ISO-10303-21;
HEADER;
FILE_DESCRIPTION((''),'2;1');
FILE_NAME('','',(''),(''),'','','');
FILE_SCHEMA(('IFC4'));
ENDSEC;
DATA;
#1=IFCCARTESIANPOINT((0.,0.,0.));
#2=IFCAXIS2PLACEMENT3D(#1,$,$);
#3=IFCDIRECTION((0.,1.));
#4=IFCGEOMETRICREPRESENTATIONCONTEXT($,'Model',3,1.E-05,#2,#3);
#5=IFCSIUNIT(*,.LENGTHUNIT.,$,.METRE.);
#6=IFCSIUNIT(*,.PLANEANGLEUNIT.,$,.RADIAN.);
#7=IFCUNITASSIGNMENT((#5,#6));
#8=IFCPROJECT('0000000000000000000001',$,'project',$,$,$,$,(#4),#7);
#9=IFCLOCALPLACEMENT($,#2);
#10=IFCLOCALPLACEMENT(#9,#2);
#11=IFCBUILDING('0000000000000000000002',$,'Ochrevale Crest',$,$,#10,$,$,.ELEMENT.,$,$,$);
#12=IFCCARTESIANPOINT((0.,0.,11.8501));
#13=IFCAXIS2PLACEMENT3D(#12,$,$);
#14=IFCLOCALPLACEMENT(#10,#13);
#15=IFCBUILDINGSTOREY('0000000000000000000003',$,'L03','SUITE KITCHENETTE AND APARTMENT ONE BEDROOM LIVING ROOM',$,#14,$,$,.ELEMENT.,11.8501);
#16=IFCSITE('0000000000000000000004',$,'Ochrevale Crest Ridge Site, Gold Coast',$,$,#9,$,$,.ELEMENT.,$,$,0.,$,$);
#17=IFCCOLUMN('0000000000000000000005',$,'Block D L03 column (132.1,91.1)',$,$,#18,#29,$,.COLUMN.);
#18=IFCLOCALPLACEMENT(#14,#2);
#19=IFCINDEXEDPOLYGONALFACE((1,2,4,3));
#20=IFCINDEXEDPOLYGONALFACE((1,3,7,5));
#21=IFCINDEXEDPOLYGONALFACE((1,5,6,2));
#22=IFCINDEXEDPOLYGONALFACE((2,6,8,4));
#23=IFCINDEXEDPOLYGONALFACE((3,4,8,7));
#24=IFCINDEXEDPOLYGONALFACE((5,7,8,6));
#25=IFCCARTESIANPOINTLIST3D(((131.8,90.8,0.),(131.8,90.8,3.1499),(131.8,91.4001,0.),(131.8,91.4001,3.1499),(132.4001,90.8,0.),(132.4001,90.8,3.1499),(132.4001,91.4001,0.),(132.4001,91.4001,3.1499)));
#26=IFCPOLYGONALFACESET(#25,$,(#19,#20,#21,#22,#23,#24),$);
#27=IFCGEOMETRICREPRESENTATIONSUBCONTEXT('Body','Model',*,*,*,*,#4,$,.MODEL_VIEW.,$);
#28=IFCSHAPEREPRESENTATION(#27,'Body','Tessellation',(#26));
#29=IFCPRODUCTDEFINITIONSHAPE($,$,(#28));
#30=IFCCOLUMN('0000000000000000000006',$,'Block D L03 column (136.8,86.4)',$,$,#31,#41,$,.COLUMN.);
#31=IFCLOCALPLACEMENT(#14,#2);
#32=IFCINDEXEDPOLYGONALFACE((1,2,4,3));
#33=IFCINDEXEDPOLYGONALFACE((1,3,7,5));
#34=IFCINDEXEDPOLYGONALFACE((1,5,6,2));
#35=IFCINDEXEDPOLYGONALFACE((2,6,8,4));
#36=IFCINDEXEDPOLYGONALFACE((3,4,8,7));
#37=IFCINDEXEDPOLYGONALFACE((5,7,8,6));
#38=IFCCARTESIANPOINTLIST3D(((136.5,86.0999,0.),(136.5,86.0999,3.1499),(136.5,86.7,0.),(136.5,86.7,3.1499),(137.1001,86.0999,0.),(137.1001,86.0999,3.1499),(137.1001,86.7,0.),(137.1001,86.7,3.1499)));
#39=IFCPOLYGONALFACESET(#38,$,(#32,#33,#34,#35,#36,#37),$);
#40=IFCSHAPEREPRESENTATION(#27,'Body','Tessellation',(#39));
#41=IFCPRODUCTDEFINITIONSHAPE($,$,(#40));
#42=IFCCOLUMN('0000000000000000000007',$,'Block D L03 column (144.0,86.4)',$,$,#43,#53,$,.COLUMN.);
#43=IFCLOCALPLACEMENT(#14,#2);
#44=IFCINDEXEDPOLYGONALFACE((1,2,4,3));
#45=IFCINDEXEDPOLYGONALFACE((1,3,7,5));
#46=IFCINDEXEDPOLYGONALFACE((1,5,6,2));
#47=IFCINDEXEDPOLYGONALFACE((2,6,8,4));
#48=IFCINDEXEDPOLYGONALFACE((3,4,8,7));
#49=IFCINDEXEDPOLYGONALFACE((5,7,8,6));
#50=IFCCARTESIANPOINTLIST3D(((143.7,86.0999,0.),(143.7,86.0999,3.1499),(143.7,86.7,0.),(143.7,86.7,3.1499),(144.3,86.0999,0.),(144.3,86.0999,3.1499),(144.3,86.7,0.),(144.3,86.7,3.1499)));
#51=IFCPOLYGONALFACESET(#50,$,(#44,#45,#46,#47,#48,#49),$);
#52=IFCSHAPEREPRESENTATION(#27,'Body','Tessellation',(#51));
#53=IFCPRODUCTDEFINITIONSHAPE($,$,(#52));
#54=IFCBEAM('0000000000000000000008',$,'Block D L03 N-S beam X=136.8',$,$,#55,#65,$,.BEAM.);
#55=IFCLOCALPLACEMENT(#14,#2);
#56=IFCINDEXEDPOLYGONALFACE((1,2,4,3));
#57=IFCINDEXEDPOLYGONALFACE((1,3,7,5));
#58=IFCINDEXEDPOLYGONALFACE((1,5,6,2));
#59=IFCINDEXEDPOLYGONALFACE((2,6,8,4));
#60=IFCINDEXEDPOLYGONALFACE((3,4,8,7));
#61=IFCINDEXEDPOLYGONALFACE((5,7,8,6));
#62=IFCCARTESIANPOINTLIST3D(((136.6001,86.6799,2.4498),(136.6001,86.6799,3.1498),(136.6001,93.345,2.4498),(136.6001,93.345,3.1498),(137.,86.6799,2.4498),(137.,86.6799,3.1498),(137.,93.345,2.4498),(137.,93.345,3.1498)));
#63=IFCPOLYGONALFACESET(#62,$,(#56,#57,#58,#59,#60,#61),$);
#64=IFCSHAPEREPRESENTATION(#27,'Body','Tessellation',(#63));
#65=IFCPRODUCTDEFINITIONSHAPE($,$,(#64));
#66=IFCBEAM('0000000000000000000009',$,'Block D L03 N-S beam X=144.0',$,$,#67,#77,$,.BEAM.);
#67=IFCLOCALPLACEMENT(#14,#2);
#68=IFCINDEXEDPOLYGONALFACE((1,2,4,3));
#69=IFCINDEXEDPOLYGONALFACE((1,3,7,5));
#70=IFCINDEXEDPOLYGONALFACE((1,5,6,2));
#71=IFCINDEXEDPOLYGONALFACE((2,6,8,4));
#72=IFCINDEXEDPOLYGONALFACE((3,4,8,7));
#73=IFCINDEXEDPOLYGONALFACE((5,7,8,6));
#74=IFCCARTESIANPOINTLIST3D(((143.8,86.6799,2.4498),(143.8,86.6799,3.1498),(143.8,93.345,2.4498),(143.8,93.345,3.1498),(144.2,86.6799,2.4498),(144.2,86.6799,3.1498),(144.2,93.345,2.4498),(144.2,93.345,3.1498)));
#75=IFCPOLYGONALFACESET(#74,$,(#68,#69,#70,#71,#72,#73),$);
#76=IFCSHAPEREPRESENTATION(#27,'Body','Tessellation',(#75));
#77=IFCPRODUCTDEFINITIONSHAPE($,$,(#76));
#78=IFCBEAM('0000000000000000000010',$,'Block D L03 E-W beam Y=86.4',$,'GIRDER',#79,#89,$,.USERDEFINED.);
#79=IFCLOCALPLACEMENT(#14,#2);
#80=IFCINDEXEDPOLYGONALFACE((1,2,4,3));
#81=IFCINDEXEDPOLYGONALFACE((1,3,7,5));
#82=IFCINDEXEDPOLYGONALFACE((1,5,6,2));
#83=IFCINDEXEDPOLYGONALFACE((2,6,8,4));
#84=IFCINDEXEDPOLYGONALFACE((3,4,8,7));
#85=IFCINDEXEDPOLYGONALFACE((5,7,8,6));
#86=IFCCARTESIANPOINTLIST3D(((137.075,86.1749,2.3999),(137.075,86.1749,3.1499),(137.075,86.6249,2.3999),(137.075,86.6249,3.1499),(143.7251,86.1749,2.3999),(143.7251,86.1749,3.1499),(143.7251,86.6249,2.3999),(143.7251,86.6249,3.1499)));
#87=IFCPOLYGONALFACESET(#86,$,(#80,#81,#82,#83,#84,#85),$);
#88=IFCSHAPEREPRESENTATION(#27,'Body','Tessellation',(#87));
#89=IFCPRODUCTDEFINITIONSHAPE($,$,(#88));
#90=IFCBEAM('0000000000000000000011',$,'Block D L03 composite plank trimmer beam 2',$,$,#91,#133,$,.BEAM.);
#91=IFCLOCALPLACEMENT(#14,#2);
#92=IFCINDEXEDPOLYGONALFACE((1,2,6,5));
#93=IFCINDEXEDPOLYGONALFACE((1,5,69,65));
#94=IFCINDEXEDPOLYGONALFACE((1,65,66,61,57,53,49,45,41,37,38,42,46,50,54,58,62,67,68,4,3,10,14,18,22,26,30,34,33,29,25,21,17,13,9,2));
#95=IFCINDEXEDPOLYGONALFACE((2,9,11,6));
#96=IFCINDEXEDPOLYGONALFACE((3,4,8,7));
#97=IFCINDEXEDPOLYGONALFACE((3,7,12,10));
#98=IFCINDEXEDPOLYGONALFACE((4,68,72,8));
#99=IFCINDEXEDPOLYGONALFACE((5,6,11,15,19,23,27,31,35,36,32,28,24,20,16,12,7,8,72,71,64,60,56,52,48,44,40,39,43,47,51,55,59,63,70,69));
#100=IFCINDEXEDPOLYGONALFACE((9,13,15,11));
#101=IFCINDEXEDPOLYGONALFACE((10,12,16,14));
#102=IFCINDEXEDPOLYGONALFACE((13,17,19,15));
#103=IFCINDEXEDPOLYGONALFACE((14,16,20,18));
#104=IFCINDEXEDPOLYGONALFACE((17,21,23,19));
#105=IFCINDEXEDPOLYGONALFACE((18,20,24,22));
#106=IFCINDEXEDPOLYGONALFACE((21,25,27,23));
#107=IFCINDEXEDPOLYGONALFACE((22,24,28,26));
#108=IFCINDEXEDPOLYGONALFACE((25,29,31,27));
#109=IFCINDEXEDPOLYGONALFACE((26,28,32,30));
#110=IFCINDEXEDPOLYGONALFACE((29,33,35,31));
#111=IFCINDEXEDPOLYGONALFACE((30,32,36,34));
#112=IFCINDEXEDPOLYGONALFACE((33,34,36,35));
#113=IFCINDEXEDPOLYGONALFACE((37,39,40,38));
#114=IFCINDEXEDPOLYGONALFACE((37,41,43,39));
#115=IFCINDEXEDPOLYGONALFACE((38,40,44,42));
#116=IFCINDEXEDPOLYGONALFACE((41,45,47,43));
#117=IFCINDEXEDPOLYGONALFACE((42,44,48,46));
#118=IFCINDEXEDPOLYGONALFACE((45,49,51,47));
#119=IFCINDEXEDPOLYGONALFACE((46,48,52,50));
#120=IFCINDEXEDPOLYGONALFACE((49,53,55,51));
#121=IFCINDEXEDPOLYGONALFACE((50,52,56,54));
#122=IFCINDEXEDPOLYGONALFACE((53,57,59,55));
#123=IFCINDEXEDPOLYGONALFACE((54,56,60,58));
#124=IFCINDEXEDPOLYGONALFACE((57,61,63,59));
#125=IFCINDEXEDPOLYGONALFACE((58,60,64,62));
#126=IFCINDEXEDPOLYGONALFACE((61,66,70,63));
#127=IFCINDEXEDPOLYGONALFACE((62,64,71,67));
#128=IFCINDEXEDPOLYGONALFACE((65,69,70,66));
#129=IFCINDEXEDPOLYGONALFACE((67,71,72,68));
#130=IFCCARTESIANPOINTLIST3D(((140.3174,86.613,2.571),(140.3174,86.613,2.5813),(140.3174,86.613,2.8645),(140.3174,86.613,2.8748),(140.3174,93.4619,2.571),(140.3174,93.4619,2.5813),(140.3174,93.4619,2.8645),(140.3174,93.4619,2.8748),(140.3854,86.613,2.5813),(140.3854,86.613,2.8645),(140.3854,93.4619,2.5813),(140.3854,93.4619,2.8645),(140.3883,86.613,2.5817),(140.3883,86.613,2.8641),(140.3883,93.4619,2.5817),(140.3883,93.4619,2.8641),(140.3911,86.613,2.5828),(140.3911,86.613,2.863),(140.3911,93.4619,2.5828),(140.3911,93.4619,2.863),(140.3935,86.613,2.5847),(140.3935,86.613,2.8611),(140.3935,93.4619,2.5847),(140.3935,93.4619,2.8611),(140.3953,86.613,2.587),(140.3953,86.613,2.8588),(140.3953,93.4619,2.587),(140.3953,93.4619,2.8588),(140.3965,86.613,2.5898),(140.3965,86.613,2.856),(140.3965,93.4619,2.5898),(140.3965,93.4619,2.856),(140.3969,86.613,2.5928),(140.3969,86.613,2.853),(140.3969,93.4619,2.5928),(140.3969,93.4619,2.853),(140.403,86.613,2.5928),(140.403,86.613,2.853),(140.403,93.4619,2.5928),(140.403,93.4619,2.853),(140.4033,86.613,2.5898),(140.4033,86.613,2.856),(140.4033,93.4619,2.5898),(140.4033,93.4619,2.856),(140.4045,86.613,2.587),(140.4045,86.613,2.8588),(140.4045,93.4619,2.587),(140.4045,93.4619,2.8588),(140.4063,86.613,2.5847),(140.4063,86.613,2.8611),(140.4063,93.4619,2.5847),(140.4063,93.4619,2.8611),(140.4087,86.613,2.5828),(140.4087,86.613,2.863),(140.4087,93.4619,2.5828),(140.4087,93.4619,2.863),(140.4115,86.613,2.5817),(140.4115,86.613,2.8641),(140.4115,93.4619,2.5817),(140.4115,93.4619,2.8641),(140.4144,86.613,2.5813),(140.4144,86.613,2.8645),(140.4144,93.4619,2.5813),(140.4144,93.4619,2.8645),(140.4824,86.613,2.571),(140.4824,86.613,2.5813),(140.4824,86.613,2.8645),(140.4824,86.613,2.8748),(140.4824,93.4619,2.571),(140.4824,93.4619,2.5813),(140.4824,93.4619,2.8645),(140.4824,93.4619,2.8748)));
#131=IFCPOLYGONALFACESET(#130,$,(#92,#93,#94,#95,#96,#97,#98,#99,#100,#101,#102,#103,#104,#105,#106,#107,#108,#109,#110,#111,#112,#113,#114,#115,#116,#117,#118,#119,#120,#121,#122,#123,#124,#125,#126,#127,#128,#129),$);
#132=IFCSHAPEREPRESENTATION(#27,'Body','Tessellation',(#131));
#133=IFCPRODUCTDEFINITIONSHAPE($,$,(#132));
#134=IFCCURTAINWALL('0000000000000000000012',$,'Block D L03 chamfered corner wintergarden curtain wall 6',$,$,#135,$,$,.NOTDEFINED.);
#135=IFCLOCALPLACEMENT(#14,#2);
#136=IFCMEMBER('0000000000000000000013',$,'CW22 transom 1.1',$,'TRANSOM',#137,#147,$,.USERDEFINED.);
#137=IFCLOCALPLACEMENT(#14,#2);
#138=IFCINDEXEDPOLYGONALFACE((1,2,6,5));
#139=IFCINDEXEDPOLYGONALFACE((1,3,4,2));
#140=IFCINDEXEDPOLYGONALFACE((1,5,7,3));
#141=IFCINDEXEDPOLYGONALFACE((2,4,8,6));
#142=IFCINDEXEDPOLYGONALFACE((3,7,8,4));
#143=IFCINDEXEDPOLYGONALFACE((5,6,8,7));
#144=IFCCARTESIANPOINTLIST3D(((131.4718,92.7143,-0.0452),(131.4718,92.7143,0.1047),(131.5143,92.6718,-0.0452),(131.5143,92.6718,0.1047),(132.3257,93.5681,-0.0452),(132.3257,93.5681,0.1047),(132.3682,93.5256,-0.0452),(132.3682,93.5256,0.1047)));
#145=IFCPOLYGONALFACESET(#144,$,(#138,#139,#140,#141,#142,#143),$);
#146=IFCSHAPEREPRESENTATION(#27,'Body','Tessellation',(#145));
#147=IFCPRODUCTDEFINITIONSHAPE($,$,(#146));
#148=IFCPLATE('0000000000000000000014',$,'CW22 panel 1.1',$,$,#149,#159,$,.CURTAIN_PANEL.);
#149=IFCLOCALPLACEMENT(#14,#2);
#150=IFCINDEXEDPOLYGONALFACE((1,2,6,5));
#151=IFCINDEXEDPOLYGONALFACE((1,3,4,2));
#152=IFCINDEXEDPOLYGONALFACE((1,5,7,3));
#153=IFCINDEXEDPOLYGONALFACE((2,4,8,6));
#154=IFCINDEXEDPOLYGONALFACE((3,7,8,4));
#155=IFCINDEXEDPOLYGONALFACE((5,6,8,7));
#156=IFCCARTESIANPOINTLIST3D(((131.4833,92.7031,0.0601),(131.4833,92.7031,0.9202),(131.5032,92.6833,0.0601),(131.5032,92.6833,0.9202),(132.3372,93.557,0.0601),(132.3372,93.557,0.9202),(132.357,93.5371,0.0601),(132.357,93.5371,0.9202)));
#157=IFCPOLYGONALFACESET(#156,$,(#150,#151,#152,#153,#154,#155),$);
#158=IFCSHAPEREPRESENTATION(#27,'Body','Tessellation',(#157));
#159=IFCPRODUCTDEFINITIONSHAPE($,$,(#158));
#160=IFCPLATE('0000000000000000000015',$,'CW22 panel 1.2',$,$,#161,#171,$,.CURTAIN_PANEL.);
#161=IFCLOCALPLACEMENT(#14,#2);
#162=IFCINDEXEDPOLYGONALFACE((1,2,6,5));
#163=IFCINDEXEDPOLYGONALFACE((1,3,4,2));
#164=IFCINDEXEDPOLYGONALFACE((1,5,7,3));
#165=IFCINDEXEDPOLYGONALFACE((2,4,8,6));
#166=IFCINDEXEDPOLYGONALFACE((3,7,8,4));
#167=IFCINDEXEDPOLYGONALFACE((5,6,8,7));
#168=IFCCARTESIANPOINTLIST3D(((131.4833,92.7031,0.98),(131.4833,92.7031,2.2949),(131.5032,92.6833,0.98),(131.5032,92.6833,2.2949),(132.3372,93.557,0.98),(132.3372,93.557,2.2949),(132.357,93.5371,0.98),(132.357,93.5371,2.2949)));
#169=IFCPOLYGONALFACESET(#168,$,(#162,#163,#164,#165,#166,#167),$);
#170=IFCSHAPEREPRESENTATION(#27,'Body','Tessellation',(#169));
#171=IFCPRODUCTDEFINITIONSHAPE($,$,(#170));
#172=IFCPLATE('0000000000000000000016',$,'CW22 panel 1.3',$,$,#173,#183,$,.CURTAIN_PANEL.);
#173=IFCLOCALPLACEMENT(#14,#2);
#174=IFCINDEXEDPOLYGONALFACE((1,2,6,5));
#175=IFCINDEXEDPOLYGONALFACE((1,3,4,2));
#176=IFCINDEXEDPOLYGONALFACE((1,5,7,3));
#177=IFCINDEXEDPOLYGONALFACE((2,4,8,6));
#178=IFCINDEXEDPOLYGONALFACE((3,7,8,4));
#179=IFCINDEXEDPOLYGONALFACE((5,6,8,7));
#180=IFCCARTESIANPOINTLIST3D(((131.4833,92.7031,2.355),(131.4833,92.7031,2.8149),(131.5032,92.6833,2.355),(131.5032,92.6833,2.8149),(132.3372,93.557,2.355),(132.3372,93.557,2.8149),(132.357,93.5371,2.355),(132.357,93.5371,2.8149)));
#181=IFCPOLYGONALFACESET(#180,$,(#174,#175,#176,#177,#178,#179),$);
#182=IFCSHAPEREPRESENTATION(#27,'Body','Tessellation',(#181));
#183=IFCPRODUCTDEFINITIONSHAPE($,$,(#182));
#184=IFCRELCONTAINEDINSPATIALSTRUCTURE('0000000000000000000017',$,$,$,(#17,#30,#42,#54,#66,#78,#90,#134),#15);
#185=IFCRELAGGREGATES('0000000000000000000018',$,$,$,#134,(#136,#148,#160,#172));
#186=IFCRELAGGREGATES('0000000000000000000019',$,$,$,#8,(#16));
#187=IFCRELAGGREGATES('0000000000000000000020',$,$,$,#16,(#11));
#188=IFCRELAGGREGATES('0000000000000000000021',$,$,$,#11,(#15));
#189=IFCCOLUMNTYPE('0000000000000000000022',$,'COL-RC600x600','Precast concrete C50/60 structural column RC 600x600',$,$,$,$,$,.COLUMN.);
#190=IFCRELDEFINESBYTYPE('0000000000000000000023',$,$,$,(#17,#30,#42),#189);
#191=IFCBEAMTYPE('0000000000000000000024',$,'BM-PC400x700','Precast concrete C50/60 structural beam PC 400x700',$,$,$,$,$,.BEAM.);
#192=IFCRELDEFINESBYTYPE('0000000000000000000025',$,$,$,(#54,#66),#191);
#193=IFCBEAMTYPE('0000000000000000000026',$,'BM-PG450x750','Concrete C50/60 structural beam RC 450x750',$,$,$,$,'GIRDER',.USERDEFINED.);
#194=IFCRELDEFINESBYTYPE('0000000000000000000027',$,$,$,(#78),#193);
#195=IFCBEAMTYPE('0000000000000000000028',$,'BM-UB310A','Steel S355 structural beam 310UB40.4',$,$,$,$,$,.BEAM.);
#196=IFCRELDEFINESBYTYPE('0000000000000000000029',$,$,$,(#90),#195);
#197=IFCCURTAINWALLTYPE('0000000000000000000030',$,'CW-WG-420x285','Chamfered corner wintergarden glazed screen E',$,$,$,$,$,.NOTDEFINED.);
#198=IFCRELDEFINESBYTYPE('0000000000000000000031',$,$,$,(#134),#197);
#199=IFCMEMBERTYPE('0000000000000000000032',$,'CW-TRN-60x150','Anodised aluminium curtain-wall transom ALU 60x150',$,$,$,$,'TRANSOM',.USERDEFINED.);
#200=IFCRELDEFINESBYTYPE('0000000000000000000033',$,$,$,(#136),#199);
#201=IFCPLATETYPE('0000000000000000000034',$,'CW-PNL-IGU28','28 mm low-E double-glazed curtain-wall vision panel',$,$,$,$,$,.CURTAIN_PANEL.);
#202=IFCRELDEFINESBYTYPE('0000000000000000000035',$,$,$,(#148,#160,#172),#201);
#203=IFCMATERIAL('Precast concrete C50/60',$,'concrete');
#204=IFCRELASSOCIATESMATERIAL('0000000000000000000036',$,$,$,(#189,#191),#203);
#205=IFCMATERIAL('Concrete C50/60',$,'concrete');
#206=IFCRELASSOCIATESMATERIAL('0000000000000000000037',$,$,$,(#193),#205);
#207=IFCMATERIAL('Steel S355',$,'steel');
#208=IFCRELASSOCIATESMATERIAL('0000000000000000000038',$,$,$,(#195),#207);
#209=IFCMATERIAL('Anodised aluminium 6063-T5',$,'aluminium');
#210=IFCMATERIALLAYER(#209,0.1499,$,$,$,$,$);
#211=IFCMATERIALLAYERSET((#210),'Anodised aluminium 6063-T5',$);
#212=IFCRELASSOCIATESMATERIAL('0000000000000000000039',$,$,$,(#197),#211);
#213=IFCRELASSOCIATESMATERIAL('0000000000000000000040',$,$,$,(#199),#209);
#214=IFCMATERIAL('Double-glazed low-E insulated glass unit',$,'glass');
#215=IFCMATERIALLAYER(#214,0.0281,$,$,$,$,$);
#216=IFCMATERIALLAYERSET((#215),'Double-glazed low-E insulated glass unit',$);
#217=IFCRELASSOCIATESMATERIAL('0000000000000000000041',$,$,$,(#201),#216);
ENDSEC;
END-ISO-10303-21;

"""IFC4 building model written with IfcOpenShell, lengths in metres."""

from ifc_helpers import new_model, si_unit, direction, frame, origin, origin_2d, place, context, subcontext, project, spatial, rectangle, i_section, extrude, material, layer, layer_set, material_profile, profile_set, type_object, element, aggregate, save


model = new_model("IFC4")

# Units and contexts
model_context = context("Model", 3, precision=1e-05, world=origin(), true_north=direction((0.0, 1.0)))
body_context = subcontext(model_context, "Body", "Model", "MODEL_VIEW")
ifc_project = project(units=[si_unit("LENGTHUNIT", "METRE"), si_unit("PLANEANGLEUNIT", "RADIAN")], contexts=[model_context])

# Site, building, storey
site_placement = place(None, origin())
site = spatial("IfcSite", under=ifc_project, at=site_placement, Name="Ochrevale Crest Ridge Site, Gold Coast", CompositionType="ELEMENT", RefElevation=0.0)
building_placement = place(site_placement, origin())
building = spatial("IfcBuilding", under=site, at=building_placement, Name="Ochrevale Crest", CompositionType="ELEMENT")
storey_placement = place(building_placement, frame((0.0, 0.0, 11.8501)))
storey = spatial("IfcBuildingStorey", under=building, at=storey_placement, Name="L03", Description="SUITE KITCHENETTE AND APARTMENT ONE BEDROOM LIVING ROOM", CompositionType="ELEMENT", Elevation=11.8501)

# Columns
ifc_material_1 = material(Name="Precast concrete C50/60", Category="concrete")
ifc_material_profile_1 = material_profile(ifc_material_1, rectangle(XDim=0.6001, YDim=0.6001, at=origin_2d()), Name="RC 600x600")
ifc_profile_set_1 = profile_set([ifc_material_profile_1], Name="Precast concrete C50/60")
column_type = type_object("IfcColumnType", Name="COL-RC600x600", Description="Precast concrete C50/60 structural column RC 600x600", PredefinedType="COLUMN", material=ifc_profile_set_1)
for number, where, z_axis, x_axis, name in (
    (1, (132.1001, 91.1001, 0.0), (0.0, 0.0, 1.0), (1.0, 0.0, 0.0), "Block D L03 column (132.1,91.1)"),
    (2, (136.8, 86.3999, 0.0), (0.0, 0.0, 1.0), (1.0, 0.0, 0.0), "Block D L03 column (136.8,86.4)"),
    (3, (144.0, 86.3999, 0.0), (0.0, 0.0, 1.0), (1.0, 0.0, 0.0), "Block D L03 column (144.0,86.4)"),
):
    element("IfcColumn", number, at=place(storey_placement, frame(where, z_axis=z_axis, x_axis=x_axis)), inside=storey, type_object=column_type, Name=name, PredefinedType="COLUMN", context=body_context, shape_type="SweptSolid", body=[
        extrude(rectangle(XDim=0.6001, YDim=0.6001, at=origin_2d()), origin(), (0.0, 0.0, 1.0), 3.1499),
    ])

# Beams
ifc_material_profile_2 = material_profile(ifc_material_1, rectangle(XDim=0.3999, YDim=0.7, at=origin_2d()), Name="PC 400x700")
ifc_profile_set_2 = profile_set([ifc_material_profile_2], Name="Precast concrete C50/60")
beam_type_1 = type_object("IfcBeamType", Name="BM-PC400x700", Description="Precast concrete C50/60 structural beam PC 400x700", PredefinedType="BEAM", material=ifc_profile_set_2)
for number, where, z_axis, x_axis, name in (
    (4, (136.8, 86.6799, 2.7998), (0.0, 1.0, 0.0), (-1.0, 0.0, 0.0), "Block D L03 N-S beam X=136.8"),
    (5, (144.0, 86.6799, 2.7998), (0.0, 1.0, 0.0), (-1.0, 0.0, 0.0), "Block D L03 N-S beam X=144.0"),
):
    element("IfcBeam", number, at=place(storey_placement, frame(where, z_axis=z_axis, x_axis=x_axis)), inside=storey, type_object=beam_type_1, Name=name, PredefinedType="BEAM", context=body_context, shape_type="SweptSolid", body=[
        extrude(rectangle(XDim=0.3999, YDim=0.7, at=origin_2d()), origin(), (0.0, 0.0, 1.0), 6.665),
    ])
ifc_material_2 = material(Name="Concrete C50/60", Category="concrete")
ifc_material_profile_3 = material_profile(ifc_material_2, rectangle(XDim=0.45, YDim=0.75, at=origin_2d()), Name="RC 450x750")
ifc_profile_set_3 = profile_set([ifc_material_profile_3], Name="Concrete C50/60")
beam_type_2 = type_object("IfcBeamType", Name="BM-PG450x750", Description="Concrete C50/60 structural beam RC 450x750", ElementType="GIRDER", PredefinedType="USERDEFINED", material=ifc_profile_set_3)
beam_1_placement = place(storey_placement, frame((137.075, 86.3999, 2.7749), z_axis=(1.0, 0.0, 0.0), x_axis=(0.0, 1.0, 0.0)))
element("IfcBeam", 6, at=beam_1_placement, inside=storey, type_object=beam_type_2, Name="Block D L03 E-W beam Y=86.4", ObjectType="GIRDER", PredefinedType="USERDEFINED", context=body_context, shape_type="SweptSolid", body=[
    extrude(rectangle(XDim=0.45, YDim=0.75, at=origin_2d()), origin(), (0.0, 0.0, 1.0), 6.6501),
])
ifc_material_3 = material(Name="Steel S355", Category="steel")
ifc_material_profile_4 = material_profile(ifc_material_3, i_section(OverallWidth=0.165, OverallDepth=0.3037, WebThickness=0.0061, FlangeThickness=0.0103, FilletRadius=0.0115, at=origin_2d()), Name="310UB40.4")
ifc_profile_set_4 = profile_set([ifc_material_profile_4], Name="Steel S355")
beam_type_3 = type_object("IfcBeamType", Name="BM-UB310A", Description="Steel S355 structural beam 310UB40.4", PredefinedType="BEAM", material=ifc_profile_set_4)
beam_2_placement = place(storey_placement, frame((140.3999, 86.613, 2.7229), z_axis=(0.0, 1.0, 0.0), x_axis=(-1.0, 0.0, 0.0)))
element("IfcBeam", 7, at=beam_2_placement, inside=storey, type_object=beam_type_3, Name="Block D L03 composite plank trimmer beam 2", PredefinedType="BEAM", context=body_context, shape_type="SweptSolid", body=[
    extrude(i_section(OverallWidth=0.165, OverallDepth=0.3037, WebThickness=0.0061, FlangeThickness=0.0103, FilletRadius=0.0115, at=origin_2d()), origin(), (0.0, 0.0, 1.0), 6.8489),
])

# Curtain wall, member, plates
ifc_material_4 = material(Name="Anodised aluminium 6063-T5", Category="aluminium")
ifc_layer_1 = layer(ifc_material_4, 0.1499)
ifc_layer_set_1 = layer_set([ifc_layer_1], Name="Anodised aluminium 6063-T5")
curtain_wall_type = type_object("IfcCurtainWallType", Name="CW-WG-420x285", Description="Chamfered corner wintergarden glazed screen E", PredefinedType="NOTDEFINED", material=ifc_layer_set_1)
curtain_wall_placement = place(storey_placement, origin())
curtain_wall = element("IfcCurtainWall", 8, at=curtain_wall_placement, inside=storey, type_object=curtain_wall_type, Name="Block D L03 chamfered corner wintergarden curtain wall 6", PredefinedType="NOTDEFINED")
ifc_material_profile_5 = material_profile(ifc_material_4, rectangle(XDim=0.0601, YDim=0.1499, at=origin_2d()), Name="ALU 60x150")
ifc_profile_set_5 = profile_set([ifc_material_profile_5], Name="Anodised aluminium 6063-T5")
member_type = type_object("IfcMemberType", Name="CW-TRN-60x150", Description="Anodised aluminium curtain-wall transom ALU 60x150", ElementType="TRANSOM", PredefinedType="USERDEFINED", material=ifc_profile_set_5)
member_placement = place(storey_placement, frame((132.3469, 93.5469, 0.0298), z_axis=(-0.707107, -0.707107, 0.0), x_axis=(0.707107, -0.707107, 0.0)))
member = element("IfcMember", 9, at=member_placement, type_object=member_type, Name="CW22 transom 1.1", ObjectType="TRANSOM", PredefinedType="USERDEFINED", context=body_context, shape_type="SweptSolid", body=[
    extrude(rectangle(XDim=0.0601, YDim=0.1499, at=origin_2d()), origin(), (0.0, 0.0, 1.0), 1.2075),
])
ifc_material_5 = material(Name="Double-glazed low-E insulated glass unit", Category="glass")
ifc_layer_2 = layer(ifc_material_5, 0.0281)
ifc_layer_set_2 = layer_set([ifc_layer_2], Name="Double-glazed low-E insulated glass unit")
plate_type = type_object("IfcPlateType", Name="CW-PNL-IGU28", Description="28 mm low-E double-glazed curtain-wall vision panel", PredefinedType="CURTAIN_PANEL", material=ifc_layer_set_2)
plate_1_placement = place(storey_placement, frame((131.9202, 93.1201, 0.0601), z_axis=(0.0, 0.0, 1.0), x_axis=(-0.707107, -0.707107, 0.0)))
plate_1 = element("IfcPlate", 10, at=plate_1_placement, type_object=plate_type, Name="CW22 panel 1.1", PredefinedType="CURTAIN_PANEL", context=body_context, shape_type="SweptSolid", body=[
    extrude(rectangle(XDim=1.2075, YDim=0.0281, at=origin_2d()), origin(), (0.0, 0.0, 1.0), 0.8601),
])
plate_2_placement = place(storey_placement, frame((131.9202, 93.1201, 0.98), z_axis=(0.0, 0.0, 1.0), x_axis=(-0.707107, -0.707107, 0.0)))
plate_2 = element("IfcPlate", 11, at=plate_2_placement, type_object=plate_type, Name="CW22 panel 1.2", PredefinedType="CURTAIN_PANEL", context=body_context, shape_type="SweptSolid", body=[
    extrude(rectangle(XDim=1.2075, YDim=0.0281, at=origin_2d()), origin(), (0.0, 0.0, 1.0), 1.3149),
])
plate_3_placement = place(storey_placement, frame((131.9202, 93.1201, 2.355), z_axis=(0.0, 0.0, 1.0), x_axis=(-0.707107, -0.707107, 0.0)))
plate_3 = element("IfcPlate", 12, at=plate_3_placement, type_object=plate_type, Name="CW22 panel 1.3", PredefinedType="CURTAIN_PANEL", context=body_context, shape_type="SweptSolid", body=[
    extrude(rectangle(XDim=1.2075, YDim=0.0281, at=origin_2d()), origin(), (0.0, 0.0, 1.0), 0.46),
])
aggregate(curtain_wall, [member, plate_1, plate_2, plate_3])

save(model, "model.ifc")
